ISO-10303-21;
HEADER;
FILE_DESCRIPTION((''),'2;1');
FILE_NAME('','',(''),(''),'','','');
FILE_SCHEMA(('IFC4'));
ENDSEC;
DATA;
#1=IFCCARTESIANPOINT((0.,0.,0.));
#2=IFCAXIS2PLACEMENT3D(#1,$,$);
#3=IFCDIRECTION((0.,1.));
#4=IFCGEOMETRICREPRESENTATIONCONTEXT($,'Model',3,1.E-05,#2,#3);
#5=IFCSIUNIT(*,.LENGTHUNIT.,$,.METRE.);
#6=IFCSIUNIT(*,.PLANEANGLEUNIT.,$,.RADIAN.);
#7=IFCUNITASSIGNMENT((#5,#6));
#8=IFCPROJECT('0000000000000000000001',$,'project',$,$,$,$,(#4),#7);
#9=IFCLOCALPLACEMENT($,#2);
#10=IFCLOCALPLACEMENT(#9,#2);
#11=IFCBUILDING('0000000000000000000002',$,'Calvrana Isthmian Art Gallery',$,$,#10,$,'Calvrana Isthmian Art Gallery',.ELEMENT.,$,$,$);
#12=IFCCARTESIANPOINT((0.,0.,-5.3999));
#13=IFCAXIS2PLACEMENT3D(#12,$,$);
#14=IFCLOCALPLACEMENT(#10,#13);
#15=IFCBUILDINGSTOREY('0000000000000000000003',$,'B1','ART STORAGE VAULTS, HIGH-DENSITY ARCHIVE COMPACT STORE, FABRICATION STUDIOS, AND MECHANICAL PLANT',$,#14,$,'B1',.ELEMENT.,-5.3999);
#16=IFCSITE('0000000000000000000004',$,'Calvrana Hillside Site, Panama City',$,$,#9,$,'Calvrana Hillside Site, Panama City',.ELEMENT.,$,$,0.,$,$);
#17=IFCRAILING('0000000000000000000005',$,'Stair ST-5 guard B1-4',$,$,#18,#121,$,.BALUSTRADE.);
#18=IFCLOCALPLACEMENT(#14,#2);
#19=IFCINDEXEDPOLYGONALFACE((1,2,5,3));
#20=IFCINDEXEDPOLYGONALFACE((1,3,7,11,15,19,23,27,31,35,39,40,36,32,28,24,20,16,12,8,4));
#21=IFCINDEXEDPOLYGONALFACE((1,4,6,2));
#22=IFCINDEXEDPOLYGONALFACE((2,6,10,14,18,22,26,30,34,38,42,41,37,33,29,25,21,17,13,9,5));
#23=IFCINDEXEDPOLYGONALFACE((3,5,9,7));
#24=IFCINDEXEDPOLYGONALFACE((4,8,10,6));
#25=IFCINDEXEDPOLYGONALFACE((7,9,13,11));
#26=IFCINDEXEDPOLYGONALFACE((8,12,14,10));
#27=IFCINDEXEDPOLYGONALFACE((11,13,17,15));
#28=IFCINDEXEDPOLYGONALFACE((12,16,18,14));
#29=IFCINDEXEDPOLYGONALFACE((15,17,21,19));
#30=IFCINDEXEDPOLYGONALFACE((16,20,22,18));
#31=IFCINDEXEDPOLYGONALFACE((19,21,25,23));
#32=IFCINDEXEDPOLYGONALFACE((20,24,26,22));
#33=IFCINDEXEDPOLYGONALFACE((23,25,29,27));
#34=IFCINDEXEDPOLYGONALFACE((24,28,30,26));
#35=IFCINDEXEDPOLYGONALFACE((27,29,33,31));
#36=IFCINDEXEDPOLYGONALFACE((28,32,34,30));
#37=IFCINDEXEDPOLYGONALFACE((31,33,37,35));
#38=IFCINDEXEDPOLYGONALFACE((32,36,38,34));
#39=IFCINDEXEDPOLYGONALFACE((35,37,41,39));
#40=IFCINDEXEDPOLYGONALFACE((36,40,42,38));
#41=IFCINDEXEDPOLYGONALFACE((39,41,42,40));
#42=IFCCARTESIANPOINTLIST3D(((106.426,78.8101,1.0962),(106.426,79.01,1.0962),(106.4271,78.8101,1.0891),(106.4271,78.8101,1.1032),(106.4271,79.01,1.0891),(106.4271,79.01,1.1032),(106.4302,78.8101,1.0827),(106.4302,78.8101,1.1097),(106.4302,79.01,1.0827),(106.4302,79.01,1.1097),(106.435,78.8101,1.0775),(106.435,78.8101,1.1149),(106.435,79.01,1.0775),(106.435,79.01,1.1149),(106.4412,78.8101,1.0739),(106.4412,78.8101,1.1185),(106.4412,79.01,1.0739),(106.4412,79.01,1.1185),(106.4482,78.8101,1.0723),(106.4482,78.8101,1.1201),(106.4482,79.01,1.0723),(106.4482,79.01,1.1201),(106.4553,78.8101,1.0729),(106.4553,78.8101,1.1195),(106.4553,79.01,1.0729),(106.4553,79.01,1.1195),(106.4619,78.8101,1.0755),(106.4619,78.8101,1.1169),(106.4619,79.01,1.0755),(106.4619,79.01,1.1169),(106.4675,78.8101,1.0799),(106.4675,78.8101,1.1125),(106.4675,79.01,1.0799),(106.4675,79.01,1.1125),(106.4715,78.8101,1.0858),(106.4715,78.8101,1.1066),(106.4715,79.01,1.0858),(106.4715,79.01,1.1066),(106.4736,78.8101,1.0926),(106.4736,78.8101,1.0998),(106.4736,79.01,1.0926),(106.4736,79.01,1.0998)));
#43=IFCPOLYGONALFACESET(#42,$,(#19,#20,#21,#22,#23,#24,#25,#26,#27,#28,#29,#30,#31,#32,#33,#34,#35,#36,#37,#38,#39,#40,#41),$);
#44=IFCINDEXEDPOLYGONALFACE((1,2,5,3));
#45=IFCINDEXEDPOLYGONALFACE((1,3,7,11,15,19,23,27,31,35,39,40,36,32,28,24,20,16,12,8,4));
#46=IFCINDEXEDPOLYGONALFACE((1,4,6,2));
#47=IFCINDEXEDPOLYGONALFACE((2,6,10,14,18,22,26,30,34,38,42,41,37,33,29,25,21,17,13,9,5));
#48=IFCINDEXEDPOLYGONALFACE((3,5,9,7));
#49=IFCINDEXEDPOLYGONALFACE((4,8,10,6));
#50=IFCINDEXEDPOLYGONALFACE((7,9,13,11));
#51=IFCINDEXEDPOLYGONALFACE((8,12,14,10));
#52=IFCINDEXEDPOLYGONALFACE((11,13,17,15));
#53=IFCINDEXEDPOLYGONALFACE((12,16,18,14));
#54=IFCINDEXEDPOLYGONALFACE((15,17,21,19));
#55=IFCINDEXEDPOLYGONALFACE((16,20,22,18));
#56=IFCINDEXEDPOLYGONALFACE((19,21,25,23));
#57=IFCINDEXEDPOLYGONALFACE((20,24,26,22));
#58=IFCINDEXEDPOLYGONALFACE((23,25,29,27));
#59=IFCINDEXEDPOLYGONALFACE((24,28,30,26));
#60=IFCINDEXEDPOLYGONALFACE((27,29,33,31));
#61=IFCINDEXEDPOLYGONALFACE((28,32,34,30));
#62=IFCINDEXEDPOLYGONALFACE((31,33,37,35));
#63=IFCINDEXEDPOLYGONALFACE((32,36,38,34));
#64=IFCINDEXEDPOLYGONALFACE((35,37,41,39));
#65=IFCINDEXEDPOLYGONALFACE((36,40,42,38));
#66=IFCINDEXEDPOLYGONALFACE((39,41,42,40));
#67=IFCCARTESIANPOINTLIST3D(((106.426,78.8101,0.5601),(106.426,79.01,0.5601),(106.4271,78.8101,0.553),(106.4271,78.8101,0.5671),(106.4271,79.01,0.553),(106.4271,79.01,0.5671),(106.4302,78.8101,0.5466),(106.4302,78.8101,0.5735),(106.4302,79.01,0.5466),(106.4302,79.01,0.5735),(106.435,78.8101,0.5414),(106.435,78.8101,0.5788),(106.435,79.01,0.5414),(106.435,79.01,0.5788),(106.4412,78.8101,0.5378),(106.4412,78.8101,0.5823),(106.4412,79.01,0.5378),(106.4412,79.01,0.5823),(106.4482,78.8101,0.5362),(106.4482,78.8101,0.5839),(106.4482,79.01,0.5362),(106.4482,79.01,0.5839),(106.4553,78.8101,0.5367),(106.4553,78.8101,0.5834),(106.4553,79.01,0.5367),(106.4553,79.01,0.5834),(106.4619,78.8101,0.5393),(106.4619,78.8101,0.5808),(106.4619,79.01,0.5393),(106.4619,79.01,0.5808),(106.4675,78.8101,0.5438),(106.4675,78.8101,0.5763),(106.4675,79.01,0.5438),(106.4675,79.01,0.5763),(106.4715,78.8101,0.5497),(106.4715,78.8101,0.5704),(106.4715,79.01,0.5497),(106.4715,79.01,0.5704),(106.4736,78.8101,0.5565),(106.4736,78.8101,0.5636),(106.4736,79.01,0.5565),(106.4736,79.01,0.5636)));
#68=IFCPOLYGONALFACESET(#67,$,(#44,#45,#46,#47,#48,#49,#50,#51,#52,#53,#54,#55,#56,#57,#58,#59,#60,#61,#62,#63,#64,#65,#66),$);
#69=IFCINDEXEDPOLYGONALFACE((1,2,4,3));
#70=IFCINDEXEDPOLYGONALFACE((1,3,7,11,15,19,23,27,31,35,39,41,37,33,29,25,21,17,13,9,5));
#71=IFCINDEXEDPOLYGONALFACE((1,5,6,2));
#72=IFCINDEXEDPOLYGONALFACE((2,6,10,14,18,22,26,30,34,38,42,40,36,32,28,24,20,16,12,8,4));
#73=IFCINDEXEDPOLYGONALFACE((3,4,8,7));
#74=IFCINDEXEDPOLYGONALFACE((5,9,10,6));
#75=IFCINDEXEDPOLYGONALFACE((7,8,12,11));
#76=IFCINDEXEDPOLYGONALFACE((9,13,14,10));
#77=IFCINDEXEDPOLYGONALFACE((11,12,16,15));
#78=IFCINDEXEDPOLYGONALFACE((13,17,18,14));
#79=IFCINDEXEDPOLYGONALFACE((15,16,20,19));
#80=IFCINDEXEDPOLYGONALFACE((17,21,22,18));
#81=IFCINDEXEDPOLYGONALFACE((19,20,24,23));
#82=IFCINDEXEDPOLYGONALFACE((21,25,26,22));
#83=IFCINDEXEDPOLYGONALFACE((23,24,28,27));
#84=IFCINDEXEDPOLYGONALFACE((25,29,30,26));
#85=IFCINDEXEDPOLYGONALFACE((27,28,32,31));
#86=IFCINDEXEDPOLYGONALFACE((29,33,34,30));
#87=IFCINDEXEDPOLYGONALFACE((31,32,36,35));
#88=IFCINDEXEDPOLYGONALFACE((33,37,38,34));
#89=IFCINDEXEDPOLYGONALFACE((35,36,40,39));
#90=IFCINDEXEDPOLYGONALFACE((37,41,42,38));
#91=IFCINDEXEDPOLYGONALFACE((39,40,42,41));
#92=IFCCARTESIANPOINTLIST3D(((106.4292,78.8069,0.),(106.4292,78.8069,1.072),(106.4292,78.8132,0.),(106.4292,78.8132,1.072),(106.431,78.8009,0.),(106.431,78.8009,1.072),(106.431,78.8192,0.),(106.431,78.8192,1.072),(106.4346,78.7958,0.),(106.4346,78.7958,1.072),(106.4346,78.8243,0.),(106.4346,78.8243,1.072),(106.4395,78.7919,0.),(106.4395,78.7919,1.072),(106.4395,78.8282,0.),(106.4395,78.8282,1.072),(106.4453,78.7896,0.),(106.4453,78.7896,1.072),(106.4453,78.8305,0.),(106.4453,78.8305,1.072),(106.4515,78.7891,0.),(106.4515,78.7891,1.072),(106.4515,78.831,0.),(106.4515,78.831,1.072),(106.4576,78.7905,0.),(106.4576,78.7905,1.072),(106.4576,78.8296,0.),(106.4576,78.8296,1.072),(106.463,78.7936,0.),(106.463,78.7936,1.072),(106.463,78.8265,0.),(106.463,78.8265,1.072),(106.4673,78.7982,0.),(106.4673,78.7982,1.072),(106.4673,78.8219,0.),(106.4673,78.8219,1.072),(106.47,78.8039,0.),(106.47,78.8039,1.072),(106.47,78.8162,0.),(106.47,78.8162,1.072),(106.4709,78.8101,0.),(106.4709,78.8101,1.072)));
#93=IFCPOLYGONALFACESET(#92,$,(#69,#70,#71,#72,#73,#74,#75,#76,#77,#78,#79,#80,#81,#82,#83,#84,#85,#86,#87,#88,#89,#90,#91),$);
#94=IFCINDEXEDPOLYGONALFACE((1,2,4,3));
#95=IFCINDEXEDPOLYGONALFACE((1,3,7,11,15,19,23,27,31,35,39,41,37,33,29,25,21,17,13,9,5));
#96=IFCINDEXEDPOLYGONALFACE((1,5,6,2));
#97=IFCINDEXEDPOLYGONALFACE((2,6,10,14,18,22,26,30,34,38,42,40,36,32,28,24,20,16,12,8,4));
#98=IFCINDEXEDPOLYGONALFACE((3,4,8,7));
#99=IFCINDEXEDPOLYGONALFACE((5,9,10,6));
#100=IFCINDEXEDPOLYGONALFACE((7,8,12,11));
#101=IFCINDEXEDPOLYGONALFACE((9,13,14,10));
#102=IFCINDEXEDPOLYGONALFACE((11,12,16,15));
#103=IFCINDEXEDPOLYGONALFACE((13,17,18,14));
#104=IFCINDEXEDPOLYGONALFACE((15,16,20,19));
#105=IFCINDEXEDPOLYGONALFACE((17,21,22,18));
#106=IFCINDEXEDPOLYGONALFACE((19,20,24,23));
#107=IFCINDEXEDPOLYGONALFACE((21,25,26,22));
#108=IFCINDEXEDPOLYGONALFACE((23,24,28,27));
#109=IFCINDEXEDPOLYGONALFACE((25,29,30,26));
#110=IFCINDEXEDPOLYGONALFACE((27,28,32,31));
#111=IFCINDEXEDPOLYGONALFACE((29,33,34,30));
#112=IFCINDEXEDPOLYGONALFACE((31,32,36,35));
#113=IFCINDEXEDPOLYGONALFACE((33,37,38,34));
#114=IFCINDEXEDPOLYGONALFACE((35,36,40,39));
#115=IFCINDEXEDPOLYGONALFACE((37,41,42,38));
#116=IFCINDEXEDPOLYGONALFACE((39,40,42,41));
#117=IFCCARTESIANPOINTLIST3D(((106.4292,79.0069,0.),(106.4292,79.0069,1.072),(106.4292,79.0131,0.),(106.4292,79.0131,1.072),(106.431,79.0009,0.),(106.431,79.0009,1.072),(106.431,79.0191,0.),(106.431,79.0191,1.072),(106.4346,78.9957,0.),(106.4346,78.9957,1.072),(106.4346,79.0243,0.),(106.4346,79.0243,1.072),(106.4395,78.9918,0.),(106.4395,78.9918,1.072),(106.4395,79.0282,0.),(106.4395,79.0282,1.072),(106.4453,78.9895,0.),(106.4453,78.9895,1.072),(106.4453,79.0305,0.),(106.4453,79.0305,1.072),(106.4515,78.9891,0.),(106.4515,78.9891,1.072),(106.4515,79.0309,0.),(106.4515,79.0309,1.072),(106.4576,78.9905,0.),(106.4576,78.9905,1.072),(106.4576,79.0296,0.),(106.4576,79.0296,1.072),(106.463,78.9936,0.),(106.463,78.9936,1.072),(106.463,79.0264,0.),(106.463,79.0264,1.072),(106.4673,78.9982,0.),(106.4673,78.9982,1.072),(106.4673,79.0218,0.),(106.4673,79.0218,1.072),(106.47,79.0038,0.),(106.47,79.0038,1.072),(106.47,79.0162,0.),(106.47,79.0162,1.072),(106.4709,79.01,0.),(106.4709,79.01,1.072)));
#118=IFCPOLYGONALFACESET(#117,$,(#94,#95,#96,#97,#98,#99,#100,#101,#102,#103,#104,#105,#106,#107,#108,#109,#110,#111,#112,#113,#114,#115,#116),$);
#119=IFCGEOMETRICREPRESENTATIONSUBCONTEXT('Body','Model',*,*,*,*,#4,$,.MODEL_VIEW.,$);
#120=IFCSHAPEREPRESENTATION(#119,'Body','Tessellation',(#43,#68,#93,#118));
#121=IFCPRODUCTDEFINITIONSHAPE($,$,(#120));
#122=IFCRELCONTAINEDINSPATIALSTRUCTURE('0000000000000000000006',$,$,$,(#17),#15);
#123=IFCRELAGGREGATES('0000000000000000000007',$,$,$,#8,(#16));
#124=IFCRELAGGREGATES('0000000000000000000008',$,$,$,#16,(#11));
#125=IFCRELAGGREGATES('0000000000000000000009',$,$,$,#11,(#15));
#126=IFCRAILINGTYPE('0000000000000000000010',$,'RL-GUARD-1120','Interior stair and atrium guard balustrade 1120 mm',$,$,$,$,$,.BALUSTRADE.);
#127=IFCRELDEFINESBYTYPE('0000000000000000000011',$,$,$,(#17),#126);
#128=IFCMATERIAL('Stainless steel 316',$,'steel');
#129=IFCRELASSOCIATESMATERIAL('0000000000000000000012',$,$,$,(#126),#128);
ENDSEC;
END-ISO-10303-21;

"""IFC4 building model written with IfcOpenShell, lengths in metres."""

from ifc_helpers import new_model, si_unit, direction, frame, origin, origin_2d, place, context, subcontext, project, spatial, circle, extrude, material, type_object, element, save


model = new_model("IFC4")

# Units and contexts
model_context = context("Model", 3, precision=1e-05, world=origin(), true_north=direction((0.0, 1.0)))
body_context = subcontext(model_context, "Body", "Model", "MODEL_VIEW")
ifc_project = project(units=[si_unit("LENGTHUNIT", "METRE"), si_unit("PLANEANGLEUNIT", "RADIAN")], contexts=[model_context])

# Site, building, storey
site_placement = place(None, origin())
site = spatial("IfcSite", under=ifc_project, at=site_placement, Name="Calvrana Hillside Site, Panama City", LongName="Calvrana Hillside Site, Panama City", CompositionType="ELEMENT", RefElevation=0.0)
building_placement = place(site_placement, origin())
building = spatial("IfcBuilding", under=site, at=building_placement, Name="Calvrana Isthmian Art Gallery", LongName="Calvrana Isthmian Art Gallery", CompositionType="ELEMENT")
storey_placement = place(building_placement, frame((0.0, 0.0, -5.3999)))
storey = spatial("IfcBuildingStorey", under=building, at=storey_placement, Name="B1", Description="ART STORAGE VAULTS, HIGH-DENSITY ARCHIVE COMPACT STORE, FABRICATION STUDIOS, AND MECHANICAL PLANT", LongName="B1", CompositionType="ELEMENT", Elevation=-5.3999)

# Railing
ifc_material_1 = material(Name="Stainless steel 316", Category="steel")
railing_type_1 = type_object("IfcRailingType", Name="RL-GUARD-1120", Description="Interior stair and atrium guard balustrade 1120 mm", PredefinedType="BALUSTRADE", material=ifc_material_1)
railing_1_placement = place(storey_placement, frame((106.45, 78.8101, 0.0)))
element("IfcRailing", 1, at=railing_1_placement, inside=storey, type_object=railing_type_1, Name="Stair ST-5 guard B1-4", PredefinedType="BALUSTRADE", context=body_context, shape_type="SweptSolid", body=[
    extrude(circle(Radius=0.0239, at=origin_2d()), frame((0.0, 0.0, 1.0962), z_axis=(0.0, 1.0, 0.0), x_axis=(-1.0, 0.0, 0.0)), (0.0, 0.0, 1.0), 0.2),
    extrude(circle(Radius=0.0239, at=origin_2d()), frame((0.0, 0.0, 0.5601), z_axis=(0.0, 1.0, 0.0), x_axis=(-1.0, 0.0, 0.0)), (0.0, 0.0, 1.0), 0.2),
    extrude(circle(Radius=0.021, at=origin_2d()), origin(), (0.0, 0.0, 1.0), 1.072),
    extrude(circle(Radius=0.021, at=origin_2d()), frame((0.0, 0.2, 0.0)), (0.0, 0.0, 1.0), 1.072),
])

save(model, "model.ifc")
